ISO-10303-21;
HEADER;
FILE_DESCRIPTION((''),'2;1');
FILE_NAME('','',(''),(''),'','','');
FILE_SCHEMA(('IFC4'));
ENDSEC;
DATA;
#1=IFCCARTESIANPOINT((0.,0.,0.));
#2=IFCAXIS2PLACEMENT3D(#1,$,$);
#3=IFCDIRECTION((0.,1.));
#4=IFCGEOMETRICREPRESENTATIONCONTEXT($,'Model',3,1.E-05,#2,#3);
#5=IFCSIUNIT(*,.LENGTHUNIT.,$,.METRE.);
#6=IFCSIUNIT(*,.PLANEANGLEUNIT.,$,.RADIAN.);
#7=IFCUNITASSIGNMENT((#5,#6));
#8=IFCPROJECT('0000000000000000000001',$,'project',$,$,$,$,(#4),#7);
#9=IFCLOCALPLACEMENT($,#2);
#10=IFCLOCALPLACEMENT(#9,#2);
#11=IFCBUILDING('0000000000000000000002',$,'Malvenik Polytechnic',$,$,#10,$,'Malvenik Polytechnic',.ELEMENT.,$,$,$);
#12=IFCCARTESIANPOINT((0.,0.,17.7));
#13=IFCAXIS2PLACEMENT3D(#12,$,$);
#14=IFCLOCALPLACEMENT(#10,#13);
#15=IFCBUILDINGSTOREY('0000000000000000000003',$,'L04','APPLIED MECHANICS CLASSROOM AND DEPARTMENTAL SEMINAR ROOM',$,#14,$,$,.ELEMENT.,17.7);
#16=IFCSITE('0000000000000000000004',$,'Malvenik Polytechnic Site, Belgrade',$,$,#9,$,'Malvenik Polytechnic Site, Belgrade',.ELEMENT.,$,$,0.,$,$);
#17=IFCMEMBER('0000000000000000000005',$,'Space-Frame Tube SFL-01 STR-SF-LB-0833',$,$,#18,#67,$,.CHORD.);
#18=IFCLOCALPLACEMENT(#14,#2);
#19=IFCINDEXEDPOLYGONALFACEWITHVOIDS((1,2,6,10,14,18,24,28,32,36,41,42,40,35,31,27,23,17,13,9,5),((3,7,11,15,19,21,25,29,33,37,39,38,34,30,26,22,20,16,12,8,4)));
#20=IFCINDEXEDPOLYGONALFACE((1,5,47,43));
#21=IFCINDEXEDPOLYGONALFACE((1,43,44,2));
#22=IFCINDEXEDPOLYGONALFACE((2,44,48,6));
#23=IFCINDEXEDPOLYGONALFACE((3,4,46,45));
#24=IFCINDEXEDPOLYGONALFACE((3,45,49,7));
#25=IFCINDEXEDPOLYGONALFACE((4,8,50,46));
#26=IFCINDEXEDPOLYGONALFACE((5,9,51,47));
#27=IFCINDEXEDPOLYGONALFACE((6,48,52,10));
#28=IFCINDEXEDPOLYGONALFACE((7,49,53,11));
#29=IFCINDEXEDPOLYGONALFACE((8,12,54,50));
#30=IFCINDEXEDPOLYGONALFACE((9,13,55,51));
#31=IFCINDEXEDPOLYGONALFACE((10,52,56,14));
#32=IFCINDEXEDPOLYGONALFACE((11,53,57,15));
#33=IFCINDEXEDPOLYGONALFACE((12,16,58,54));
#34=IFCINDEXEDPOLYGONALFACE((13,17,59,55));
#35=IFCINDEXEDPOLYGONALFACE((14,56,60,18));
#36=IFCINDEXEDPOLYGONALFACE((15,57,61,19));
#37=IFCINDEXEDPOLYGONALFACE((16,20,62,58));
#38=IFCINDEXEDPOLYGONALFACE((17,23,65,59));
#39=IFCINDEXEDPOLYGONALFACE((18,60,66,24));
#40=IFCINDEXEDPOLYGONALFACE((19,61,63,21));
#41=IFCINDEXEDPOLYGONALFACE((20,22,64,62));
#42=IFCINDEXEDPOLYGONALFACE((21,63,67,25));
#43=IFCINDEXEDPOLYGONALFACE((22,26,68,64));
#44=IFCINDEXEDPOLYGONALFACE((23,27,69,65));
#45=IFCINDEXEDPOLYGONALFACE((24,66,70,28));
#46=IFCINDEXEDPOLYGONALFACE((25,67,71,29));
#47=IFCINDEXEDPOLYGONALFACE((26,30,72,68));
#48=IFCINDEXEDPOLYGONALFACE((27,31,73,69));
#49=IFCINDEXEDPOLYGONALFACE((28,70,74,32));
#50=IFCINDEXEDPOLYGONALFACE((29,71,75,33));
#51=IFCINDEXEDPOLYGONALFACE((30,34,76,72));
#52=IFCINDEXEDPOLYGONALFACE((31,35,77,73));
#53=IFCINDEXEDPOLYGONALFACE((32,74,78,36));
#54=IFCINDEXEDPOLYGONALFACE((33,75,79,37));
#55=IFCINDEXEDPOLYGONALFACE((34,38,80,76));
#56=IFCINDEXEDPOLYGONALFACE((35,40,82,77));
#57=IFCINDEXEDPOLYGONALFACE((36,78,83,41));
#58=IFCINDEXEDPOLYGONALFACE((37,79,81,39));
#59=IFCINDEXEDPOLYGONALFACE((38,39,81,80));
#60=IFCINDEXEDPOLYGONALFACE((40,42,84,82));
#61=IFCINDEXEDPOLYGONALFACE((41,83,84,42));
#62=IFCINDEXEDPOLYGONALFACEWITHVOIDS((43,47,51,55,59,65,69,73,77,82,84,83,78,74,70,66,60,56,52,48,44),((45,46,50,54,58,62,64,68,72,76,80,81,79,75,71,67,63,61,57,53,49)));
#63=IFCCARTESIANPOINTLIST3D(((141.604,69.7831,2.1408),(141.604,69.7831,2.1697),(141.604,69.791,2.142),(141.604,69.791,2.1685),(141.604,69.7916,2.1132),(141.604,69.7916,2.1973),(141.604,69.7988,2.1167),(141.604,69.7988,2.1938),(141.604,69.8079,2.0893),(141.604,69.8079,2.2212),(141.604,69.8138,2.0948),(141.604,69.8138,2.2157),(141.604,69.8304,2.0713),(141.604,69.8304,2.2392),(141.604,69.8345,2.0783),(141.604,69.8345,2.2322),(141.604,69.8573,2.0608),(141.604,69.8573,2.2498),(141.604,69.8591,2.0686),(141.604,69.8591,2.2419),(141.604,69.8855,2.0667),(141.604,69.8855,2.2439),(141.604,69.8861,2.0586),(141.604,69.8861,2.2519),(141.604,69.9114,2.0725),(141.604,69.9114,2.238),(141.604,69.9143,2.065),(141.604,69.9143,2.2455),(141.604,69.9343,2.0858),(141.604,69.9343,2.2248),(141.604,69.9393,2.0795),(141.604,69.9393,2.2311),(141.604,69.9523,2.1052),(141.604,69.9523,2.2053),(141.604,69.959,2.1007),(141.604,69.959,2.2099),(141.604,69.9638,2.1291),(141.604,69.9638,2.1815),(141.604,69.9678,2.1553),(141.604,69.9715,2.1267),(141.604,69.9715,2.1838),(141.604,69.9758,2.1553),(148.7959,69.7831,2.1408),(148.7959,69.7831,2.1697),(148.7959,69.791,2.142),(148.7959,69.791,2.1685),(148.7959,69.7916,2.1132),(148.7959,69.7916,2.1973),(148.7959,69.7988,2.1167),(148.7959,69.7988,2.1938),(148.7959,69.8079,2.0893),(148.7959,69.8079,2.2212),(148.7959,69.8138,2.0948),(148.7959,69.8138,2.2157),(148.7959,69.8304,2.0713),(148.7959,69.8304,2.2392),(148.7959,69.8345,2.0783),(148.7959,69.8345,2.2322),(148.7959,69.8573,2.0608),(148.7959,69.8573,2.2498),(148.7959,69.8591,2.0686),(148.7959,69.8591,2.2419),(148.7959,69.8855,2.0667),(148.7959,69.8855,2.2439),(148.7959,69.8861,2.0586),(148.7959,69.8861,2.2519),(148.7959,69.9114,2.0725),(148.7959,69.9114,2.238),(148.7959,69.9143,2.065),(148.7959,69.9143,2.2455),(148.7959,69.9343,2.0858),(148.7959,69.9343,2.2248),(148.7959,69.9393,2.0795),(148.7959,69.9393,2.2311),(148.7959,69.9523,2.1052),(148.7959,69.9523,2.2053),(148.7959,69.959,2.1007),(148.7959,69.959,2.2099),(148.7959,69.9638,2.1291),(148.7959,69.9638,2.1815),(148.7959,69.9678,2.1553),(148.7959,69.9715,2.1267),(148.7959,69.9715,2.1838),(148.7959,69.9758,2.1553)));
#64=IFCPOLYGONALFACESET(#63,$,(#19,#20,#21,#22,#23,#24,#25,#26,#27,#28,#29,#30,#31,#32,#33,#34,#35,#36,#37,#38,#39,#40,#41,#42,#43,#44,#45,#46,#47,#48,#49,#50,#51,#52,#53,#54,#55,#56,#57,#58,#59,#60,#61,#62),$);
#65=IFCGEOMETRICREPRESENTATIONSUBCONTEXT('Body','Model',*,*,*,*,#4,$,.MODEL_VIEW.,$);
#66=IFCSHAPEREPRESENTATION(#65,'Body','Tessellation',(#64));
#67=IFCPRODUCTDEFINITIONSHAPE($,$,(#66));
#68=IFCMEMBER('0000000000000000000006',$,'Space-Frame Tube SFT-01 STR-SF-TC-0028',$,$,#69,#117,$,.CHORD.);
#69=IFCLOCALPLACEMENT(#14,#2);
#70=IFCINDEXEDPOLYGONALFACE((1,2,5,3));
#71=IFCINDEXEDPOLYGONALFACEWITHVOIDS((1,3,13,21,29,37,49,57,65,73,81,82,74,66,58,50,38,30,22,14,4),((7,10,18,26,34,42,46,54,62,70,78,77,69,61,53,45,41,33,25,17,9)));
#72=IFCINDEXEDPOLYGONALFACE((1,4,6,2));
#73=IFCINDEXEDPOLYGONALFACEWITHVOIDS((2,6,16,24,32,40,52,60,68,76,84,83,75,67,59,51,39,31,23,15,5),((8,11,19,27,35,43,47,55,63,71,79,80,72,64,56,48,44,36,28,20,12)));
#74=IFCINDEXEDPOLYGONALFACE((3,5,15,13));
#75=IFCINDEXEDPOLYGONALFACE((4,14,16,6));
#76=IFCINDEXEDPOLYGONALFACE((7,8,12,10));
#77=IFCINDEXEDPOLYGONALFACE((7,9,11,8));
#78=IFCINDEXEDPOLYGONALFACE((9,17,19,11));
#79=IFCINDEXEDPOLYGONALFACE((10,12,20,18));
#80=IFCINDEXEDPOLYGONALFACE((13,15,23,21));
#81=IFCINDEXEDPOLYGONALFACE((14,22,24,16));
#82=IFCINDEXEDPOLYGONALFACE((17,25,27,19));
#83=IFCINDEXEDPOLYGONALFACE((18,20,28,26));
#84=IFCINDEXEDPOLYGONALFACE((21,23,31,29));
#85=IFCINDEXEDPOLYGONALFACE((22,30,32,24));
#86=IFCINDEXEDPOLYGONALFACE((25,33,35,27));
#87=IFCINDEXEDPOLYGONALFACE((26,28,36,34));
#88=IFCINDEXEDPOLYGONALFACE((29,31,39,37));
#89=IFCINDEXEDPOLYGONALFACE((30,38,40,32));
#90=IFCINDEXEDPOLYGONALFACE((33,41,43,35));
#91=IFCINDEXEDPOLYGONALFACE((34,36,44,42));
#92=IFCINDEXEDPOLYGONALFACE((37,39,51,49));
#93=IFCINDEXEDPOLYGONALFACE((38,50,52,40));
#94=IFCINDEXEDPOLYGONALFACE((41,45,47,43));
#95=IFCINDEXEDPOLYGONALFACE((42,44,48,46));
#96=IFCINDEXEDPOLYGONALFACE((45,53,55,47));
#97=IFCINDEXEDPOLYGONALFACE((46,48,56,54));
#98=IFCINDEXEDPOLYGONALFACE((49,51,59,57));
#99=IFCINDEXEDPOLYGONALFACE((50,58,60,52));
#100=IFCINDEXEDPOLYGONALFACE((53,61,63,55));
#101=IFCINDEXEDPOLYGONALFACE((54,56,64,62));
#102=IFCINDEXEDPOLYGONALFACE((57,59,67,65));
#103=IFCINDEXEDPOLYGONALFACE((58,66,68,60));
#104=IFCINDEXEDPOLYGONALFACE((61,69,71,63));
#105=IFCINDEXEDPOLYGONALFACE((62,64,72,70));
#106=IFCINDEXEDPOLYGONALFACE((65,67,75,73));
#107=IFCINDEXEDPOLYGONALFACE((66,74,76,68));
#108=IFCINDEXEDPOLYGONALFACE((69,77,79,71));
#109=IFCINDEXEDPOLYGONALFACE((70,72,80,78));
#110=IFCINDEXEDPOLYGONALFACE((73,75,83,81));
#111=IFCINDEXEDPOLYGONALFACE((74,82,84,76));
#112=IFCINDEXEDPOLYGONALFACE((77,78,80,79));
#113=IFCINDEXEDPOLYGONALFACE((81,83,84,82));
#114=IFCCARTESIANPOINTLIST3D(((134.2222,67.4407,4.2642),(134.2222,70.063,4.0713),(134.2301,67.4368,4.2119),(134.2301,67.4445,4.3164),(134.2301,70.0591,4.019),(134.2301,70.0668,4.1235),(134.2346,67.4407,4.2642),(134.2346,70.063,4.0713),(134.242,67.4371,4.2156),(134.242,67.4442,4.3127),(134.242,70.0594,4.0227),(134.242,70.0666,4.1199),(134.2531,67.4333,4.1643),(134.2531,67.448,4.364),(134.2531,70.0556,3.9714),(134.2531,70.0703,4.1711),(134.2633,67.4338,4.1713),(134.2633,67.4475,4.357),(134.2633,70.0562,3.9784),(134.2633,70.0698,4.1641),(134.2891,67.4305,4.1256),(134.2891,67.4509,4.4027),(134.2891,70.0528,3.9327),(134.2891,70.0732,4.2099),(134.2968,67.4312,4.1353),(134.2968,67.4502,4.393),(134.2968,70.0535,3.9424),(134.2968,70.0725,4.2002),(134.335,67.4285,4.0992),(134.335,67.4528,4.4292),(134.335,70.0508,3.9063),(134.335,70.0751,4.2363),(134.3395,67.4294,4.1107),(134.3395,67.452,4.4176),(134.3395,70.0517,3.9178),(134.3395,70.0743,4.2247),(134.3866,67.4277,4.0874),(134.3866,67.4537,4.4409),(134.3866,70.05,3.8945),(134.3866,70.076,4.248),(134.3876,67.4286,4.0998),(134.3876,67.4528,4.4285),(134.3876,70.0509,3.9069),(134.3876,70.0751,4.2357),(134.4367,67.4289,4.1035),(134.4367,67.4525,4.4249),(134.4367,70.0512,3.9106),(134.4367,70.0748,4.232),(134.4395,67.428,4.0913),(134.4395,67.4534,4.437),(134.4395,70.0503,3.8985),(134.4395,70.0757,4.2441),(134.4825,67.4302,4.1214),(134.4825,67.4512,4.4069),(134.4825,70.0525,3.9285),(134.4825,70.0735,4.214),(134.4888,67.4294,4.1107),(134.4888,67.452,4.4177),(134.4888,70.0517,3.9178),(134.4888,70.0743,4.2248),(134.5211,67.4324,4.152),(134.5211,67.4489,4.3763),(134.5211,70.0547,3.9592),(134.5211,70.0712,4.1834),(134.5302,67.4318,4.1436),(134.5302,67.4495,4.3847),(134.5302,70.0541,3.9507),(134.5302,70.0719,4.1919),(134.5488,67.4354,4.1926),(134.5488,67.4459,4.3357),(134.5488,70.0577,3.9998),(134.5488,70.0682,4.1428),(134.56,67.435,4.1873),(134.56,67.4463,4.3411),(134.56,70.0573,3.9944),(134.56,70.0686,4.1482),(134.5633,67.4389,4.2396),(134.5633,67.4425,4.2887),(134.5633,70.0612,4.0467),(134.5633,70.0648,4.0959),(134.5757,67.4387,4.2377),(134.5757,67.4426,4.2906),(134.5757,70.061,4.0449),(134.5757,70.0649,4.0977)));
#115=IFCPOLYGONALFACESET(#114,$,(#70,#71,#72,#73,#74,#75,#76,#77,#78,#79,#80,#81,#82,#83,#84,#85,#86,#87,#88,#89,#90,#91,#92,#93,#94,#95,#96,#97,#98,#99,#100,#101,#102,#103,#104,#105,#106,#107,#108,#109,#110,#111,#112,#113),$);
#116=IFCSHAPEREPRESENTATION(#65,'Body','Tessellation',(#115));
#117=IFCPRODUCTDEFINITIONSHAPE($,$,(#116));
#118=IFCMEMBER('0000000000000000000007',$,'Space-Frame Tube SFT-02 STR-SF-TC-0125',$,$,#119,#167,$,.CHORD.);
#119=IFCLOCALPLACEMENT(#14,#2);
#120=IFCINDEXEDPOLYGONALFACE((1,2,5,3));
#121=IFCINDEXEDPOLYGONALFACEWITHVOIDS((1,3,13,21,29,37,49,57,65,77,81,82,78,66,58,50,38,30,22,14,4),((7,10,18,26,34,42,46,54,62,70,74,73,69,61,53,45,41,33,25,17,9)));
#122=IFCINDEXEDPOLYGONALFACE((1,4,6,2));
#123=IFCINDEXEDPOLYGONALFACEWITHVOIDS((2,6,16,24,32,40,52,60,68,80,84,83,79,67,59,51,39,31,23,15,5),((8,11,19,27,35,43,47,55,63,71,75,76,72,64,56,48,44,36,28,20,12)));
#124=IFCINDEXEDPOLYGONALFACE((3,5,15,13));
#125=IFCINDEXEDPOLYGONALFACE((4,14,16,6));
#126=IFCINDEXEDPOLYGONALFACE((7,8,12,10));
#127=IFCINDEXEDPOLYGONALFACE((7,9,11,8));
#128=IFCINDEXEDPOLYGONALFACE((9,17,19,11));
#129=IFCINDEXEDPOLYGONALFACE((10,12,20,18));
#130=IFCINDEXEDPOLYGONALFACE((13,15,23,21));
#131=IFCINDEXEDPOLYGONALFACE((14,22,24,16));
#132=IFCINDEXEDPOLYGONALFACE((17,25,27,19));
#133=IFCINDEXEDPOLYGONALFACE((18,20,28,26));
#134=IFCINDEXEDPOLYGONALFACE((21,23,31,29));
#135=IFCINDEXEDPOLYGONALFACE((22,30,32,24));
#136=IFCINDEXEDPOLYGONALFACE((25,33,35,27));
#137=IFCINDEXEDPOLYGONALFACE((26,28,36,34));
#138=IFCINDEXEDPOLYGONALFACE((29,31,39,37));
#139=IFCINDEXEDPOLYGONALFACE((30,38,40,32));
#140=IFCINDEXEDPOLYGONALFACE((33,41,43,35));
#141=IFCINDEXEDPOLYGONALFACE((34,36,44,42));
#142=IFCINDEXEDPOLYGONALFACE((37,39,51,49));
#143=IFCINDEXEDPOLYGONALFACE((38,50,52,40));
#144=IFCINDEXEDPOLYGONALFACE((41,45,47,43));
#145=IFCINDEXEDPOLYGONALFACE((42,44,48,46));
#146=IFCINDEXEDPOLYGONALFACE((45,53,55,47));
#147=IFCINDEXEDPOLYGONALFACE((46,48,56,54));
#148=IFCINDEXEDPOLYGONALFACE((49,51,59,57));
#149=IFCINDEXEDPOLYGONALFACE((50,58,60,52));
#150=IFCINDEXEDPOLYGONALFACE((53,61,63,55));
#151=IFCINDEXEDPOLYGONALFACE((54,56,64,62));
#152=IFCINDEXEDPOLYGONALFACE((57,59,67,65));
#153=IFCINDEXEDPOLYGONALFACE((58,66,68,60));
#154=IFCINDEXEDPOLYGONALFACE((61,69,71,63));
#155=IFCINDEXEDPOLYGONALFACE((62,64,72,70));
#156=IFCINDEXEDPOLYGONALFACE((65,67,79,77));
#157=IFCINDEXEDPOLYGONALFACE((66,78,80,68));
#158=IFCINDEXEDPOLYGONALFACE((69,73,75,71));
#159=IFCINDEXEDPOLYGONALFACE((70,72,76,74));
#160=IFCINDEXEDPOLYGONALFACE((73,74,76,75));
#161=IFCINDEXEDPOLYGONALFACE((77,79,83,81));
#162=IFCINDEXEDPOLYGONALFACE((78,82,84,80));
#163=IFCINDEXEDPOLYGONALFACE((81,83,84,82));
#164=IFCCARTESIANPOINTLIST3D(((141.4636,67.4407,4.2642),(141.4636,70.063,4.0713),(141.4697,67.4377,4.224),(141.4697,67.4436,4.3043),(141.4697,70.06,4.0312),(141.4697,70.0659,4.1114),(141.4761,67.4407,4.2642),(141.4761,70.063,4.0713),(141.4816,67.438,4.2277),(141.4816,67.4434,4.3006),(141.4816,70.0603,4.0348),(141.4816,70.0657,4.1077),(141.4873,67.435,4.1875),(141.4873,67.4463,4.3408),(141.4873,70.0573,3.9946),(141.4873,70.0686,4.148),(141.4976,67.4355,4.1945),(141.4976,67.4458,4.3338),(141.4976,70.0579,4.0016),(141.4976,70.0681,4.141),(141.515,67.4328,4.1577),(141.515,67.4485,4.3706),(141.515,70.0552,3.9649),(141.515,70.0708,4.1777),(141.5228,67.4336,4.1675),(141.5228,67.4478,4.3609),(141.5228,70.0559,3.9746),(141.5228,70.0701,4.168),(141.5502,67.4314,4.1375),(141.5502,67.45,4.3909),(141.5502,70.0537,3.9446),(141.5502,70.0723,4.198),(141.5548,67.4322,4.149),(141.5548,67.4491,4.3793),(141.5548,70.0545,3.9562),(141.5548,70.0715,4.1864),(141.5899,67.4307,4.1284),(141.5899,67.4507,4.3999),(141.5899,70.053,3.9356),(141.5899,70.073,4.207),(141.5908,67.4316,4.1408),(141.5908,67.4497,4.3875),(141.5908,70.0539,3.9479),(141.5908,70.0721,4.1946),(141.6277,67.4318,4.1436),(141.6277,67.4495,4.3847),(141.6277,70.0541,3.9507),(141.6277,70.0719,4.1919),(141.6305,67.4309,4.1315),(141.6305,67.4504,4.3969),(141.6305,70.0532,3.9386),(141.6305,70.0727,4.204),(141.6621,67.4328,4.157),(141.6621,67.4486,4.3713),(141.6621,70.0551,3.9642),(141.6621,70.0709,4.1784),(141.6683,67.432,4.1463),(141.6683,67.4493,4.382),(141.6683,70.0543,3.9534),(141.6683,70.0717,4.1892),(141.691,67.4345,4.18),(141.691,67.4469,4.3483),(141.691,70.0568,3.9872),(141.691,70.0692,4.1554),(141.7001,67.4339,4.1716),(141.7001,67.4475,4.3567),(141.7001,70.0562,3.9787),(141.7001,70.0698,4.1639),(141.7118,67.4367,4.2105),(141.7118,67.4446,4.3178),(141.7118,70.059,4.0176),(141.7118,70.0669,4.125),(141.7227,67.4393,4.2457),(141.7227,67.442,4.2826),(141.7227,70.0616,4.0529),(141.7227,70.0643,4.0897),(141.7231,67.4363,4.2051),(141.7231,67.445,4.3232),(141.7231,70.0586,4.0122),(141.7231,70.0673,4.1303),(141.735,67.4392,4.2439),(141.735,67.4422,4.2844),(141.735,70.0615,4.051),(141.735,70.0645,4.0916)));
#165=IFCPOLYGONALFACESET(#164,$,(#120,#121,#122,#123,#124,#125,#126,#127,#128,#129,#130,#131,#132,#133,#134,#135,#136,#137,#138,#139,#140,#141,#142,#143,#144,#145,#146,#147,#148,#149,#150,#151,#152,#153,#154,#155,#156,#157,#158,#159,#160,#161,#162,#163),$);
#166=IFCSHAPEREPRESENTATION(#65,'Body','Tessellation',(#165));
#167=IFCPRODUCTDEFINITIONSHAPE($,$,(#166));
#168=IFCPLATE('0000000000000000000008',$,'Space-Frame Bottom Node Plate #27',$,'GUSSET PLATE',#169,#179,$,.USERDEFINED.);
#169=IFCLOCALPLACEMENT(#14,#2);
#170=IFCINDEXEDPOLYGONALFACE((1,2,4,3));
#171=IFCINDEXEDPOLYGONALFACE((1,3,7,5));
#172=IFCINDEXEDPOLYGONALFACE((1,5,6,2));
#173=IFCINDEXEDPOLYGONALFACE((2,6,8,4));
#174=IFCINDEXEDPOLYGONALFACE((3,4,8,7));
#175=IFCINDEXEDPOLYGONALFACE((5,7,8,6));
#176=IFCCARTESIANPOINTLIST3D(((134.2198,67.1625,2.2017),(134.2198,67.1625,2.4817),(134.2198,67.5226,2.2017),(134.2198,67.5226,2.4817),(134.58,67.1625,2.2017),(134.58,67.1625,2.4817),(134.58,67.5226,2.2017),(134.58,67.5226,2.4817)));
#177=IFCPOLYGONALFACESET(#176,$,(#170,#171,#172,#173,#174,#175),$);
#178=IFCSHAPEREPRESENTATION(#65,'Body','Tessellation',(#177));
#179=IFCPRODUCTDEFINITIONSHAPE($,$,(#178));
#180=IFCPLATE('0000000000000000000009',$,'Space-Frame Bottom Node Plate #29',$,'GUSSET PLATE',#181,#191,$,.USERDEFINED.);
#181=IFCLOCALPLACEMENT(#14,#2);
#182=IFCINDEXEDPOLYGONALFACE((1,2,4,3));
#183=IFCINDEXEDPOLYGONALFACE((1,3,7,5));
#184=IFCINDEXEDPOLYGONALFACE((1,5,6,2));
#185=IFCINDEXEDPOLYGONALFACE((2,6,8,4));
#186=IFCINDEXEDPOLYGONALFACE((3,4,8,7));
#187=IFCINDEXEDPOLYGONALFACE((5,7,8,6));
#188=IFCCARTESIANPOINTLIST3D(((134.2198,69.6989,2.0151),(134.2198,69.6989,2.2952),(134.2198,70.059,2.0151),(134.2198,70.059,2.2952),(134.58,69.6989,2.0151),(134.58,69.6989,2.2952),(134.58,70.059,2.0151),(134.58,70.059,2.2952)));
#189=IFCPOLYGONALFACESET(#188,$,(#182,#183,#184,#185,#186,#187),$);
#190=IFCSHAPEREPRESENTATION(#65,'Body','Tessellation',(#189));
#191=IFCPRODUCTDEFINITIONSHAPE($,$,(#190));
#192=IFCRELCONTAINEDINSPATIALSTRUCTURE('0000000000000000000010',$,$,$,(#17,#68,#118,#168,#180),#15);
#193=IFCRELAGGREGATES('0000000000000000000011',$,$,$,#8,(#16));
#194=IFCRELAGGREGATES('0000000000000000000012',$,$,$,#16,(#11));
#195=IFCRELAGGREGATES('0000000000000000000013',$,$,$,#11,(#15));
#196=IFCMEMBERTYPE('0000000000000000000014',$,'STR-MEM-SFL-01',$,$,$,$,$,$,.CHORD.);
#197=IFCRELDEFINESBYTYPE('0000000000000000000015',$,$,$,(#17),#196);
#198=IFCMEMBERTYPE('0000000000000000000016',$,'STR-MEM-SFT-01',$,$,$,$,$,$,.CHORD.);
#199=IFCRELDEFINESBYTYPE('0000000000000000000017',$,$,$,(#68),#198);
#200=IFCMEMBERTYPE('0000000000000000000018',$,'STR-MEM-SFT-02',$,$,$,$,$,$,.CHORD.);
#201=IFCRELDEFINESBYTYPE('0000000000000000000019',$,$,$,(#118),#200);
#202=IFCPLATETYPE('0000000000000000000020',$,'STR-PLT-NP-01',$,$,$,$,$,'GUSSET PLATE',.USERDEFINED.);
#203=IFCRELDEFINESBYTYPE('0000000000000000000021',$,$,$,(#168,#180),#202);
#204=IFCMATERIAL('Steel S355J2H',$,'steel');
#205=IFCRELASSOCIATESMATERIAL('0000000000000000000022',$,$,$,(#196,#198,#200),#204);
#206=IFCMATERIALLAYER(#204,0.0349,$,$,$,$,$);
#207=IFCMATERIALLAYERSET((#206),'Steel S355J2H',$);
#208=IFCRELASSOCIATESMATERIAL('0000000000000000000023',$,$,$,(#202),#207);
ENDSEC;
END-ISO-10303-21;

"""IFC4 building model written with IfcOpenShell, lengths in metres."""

from ifc_helpers import new_model, si_unit, direction, frame, origin, origin_2d, place, context, subcontext, project, spatial, rectangle, hollow_circle, extrude, material, layer, layer_set, material_profile, profile_set, type_object, element, save


model = new_model("IFC4")

# Units and contexts
model_context = context("Model", 3, precision=1e-05, world=origin(), true_north=direction((0.0, 1.0)))
body_context = subcontext(model_context, "Body", "Model", "MODEL_VIEW")
ifc_project = project(units=[si_unit("LENGTHUNIT", "METRE"), si_unit("PLANEANGLEUNIT", "RADIAN")], contexts=[model_context])

# Site, building, storey
site_placement = place(None, origin())
site = spatial("IfcSite", under=ifc_project, at=site_placement, Name="Malvenik Polytechnic Site, Belgrade", LongName="Malvenik Polytechnic Site, Belgrade", CompositionType="ELEMENT", RefElevation=0.0)
building_placement = place(site_placement, origin())
building = spatial("IfcBuilding", under=site, at=building_placement, Name="Malvenik Polytechnic", LongName="Malvenik Polytechnic", CompositionType="ELEMENT")
storey_placement = place(building_placement, frame((0.0, 0.0, 17.7)))
storey = spatial("IfcBuildingStorey", under=building, at=storey_placement, Name="L04", Description="APPLIED MECHANICS CLASSROOM AND DEPARTMENTAL SEMINAR ROOM", CompositionType="ELEMENT", Elevation=17.7)

# Members
ifc_material = material(Name="Steel S355J2H", Category="steel")
ifc_material_profile_1 = material_profile(ifc_material, hollow_circle(Radius=0.0969, WallThickness=0.0081, at=origin_2d()), Name="CHS 193.7x8.0")
ifc_profile_set_1 = profile_set([ifc_material_profile_1], Name="Steel S355J2H")
member_type_1 = type_object("IfcMemberType", Name="STR-MEM-SFL-01", PredefinedType="CHORD", material=ifc_profile_set_1)
for number, where, z_axis, x_axis, name in (
    (1, (141.604, 69.8789, 2.1553), (1.0, 0.0, 0.0), (0.0, 1.0, 0.0), "Space-Frame Tube SFL-01 STR-SF-LB-0833"),
):
    element("IfcMember", number, at=place(storey_placement, frame(where, z_axis=z_axis, x_axis=x_axis)), inside=storey, type_object=member_type_1, Name=name, PredefinedType="CHORD", context=body_context, shape_type="SweptSolid", body=[
        extrude(hollow_circle(Radius=0.0969, WallThickness=0.0081, at=origin_2d()), origin(), (0.0, 0.0, 1.0), 7.1919),
    ])
ifc_material_profile_2 = material_profile(ifc_material, hollow_circle(Radius=0.1777, WallThickness=0.0125, at=origin_2d()), Name="CHS 355.6x12.5")
ifc_profile_set_2 = profile_set([ifc_material_profile_2], Name="Steel S355J2H")
member_type_2 = type_object("IfcMemberType", Name="STR-MEM-SFT-01", PredefinedType="CHORD", material=ifc_profile_set_2)
member_1_placement = place(storey_placement, frame((134.3999, 67.4407, 4.2642), z_axis=(0.0, 0.997306, -0.073352), x_axis=(-1.0, 0.0, 0.0)))
element("IfcMember", 2, at=member_1_placement, inside=storey, type_object=member_type_2, Name="Space-Frame Tube SFT-01 STR-SF-TC-0028", PredefinedType="CHORD", context=body_context, shape_type="SweptSolid", body=[
    extrude(hollow_circle(Radius=0.1777, WallThickness=0.0125, at=origin_2d()), origin(), (0.0, 0.0, 1.0), 2.6294),
])
ifc_material_profile_3 = material_profile(ifc_material, hollow_circle(Radius=0.1365, WallThickness=0.0125, at=origin_2d()), Name="CHS 273.0x12.5")
ifc_profile_set_3 = profile_set([ifc_material_profile_3], Name="Steel S355J2H")
member_type_3 = type_object("IfcMemberType", Name="STR-MEM-SFT-02", PredefinedType="CHORD", material=ifc_profile_set_3)
member_2_placement = place(storey_placement, frame((141.6001, 67.4407, 4.2642), z_axis=(0.0, 0.997306, -0.073352), x_axis=(-1.0, 0.0, 0.0)))
element("IfcMember", 3, at=member_2_placement, inside=storey, type_object=member_type_3, Name="Space-Frame Tube SFT-02 STR-SF-TC-0125", PredefinedType="CHORD", context=body_context, shape_type="SweptSolid", body=[
    extrude(hollow_circle(Radius=0.1365, WallThickness=0.0125, at=origin_2d()), origin(), (0.0, 0.0, 1.0), 2.6294),
])

# Plates
ifc_layer = layer(ifc_material, 0.0349)
ifc_layer_set = layer_set([ifc_layer], Name="Steel S355J2H")
plate_type = type_object("IfcPlateType", Name="STR-PLT-NP-01", ElementType="GUSSET PLATE", PredefinedType="USERDEFINED", material=ifc_layer_set)
for number, where, z_axis, x_axis, name in (
    (4, (134.3999, 67.3425, 2.2017), (0.0, 0.0, 1.0), (1.0, 0.0, 0.0), "Space-Frame Bottom Node Plate #27"),
    (5, (134.3999, 69.8789, 2.0151), (0.0, 0.0, 1.0), (1.0, 0.0, 0.0), "Space-Frame Bottom Node Plate #29"),
):
    element("IfcPlate", number, at=place(storey_placement, frame(where, z_axis=z_axis, x_axis=x_axis)), inside=storey, type_object=plate_type, Name=name, ObjectType="GUSSET PLATE", PredefinedType="USERDEFINED", context=body_context, shape_type="SweptSolid", body=[
        extrude(rectangle(XDim=0.3601, YDim=0.3601, at=origin_2d()), origin(), (0.0, 0.0, 1.0), 0.28),
    ])

save(model, "model.ifc")
